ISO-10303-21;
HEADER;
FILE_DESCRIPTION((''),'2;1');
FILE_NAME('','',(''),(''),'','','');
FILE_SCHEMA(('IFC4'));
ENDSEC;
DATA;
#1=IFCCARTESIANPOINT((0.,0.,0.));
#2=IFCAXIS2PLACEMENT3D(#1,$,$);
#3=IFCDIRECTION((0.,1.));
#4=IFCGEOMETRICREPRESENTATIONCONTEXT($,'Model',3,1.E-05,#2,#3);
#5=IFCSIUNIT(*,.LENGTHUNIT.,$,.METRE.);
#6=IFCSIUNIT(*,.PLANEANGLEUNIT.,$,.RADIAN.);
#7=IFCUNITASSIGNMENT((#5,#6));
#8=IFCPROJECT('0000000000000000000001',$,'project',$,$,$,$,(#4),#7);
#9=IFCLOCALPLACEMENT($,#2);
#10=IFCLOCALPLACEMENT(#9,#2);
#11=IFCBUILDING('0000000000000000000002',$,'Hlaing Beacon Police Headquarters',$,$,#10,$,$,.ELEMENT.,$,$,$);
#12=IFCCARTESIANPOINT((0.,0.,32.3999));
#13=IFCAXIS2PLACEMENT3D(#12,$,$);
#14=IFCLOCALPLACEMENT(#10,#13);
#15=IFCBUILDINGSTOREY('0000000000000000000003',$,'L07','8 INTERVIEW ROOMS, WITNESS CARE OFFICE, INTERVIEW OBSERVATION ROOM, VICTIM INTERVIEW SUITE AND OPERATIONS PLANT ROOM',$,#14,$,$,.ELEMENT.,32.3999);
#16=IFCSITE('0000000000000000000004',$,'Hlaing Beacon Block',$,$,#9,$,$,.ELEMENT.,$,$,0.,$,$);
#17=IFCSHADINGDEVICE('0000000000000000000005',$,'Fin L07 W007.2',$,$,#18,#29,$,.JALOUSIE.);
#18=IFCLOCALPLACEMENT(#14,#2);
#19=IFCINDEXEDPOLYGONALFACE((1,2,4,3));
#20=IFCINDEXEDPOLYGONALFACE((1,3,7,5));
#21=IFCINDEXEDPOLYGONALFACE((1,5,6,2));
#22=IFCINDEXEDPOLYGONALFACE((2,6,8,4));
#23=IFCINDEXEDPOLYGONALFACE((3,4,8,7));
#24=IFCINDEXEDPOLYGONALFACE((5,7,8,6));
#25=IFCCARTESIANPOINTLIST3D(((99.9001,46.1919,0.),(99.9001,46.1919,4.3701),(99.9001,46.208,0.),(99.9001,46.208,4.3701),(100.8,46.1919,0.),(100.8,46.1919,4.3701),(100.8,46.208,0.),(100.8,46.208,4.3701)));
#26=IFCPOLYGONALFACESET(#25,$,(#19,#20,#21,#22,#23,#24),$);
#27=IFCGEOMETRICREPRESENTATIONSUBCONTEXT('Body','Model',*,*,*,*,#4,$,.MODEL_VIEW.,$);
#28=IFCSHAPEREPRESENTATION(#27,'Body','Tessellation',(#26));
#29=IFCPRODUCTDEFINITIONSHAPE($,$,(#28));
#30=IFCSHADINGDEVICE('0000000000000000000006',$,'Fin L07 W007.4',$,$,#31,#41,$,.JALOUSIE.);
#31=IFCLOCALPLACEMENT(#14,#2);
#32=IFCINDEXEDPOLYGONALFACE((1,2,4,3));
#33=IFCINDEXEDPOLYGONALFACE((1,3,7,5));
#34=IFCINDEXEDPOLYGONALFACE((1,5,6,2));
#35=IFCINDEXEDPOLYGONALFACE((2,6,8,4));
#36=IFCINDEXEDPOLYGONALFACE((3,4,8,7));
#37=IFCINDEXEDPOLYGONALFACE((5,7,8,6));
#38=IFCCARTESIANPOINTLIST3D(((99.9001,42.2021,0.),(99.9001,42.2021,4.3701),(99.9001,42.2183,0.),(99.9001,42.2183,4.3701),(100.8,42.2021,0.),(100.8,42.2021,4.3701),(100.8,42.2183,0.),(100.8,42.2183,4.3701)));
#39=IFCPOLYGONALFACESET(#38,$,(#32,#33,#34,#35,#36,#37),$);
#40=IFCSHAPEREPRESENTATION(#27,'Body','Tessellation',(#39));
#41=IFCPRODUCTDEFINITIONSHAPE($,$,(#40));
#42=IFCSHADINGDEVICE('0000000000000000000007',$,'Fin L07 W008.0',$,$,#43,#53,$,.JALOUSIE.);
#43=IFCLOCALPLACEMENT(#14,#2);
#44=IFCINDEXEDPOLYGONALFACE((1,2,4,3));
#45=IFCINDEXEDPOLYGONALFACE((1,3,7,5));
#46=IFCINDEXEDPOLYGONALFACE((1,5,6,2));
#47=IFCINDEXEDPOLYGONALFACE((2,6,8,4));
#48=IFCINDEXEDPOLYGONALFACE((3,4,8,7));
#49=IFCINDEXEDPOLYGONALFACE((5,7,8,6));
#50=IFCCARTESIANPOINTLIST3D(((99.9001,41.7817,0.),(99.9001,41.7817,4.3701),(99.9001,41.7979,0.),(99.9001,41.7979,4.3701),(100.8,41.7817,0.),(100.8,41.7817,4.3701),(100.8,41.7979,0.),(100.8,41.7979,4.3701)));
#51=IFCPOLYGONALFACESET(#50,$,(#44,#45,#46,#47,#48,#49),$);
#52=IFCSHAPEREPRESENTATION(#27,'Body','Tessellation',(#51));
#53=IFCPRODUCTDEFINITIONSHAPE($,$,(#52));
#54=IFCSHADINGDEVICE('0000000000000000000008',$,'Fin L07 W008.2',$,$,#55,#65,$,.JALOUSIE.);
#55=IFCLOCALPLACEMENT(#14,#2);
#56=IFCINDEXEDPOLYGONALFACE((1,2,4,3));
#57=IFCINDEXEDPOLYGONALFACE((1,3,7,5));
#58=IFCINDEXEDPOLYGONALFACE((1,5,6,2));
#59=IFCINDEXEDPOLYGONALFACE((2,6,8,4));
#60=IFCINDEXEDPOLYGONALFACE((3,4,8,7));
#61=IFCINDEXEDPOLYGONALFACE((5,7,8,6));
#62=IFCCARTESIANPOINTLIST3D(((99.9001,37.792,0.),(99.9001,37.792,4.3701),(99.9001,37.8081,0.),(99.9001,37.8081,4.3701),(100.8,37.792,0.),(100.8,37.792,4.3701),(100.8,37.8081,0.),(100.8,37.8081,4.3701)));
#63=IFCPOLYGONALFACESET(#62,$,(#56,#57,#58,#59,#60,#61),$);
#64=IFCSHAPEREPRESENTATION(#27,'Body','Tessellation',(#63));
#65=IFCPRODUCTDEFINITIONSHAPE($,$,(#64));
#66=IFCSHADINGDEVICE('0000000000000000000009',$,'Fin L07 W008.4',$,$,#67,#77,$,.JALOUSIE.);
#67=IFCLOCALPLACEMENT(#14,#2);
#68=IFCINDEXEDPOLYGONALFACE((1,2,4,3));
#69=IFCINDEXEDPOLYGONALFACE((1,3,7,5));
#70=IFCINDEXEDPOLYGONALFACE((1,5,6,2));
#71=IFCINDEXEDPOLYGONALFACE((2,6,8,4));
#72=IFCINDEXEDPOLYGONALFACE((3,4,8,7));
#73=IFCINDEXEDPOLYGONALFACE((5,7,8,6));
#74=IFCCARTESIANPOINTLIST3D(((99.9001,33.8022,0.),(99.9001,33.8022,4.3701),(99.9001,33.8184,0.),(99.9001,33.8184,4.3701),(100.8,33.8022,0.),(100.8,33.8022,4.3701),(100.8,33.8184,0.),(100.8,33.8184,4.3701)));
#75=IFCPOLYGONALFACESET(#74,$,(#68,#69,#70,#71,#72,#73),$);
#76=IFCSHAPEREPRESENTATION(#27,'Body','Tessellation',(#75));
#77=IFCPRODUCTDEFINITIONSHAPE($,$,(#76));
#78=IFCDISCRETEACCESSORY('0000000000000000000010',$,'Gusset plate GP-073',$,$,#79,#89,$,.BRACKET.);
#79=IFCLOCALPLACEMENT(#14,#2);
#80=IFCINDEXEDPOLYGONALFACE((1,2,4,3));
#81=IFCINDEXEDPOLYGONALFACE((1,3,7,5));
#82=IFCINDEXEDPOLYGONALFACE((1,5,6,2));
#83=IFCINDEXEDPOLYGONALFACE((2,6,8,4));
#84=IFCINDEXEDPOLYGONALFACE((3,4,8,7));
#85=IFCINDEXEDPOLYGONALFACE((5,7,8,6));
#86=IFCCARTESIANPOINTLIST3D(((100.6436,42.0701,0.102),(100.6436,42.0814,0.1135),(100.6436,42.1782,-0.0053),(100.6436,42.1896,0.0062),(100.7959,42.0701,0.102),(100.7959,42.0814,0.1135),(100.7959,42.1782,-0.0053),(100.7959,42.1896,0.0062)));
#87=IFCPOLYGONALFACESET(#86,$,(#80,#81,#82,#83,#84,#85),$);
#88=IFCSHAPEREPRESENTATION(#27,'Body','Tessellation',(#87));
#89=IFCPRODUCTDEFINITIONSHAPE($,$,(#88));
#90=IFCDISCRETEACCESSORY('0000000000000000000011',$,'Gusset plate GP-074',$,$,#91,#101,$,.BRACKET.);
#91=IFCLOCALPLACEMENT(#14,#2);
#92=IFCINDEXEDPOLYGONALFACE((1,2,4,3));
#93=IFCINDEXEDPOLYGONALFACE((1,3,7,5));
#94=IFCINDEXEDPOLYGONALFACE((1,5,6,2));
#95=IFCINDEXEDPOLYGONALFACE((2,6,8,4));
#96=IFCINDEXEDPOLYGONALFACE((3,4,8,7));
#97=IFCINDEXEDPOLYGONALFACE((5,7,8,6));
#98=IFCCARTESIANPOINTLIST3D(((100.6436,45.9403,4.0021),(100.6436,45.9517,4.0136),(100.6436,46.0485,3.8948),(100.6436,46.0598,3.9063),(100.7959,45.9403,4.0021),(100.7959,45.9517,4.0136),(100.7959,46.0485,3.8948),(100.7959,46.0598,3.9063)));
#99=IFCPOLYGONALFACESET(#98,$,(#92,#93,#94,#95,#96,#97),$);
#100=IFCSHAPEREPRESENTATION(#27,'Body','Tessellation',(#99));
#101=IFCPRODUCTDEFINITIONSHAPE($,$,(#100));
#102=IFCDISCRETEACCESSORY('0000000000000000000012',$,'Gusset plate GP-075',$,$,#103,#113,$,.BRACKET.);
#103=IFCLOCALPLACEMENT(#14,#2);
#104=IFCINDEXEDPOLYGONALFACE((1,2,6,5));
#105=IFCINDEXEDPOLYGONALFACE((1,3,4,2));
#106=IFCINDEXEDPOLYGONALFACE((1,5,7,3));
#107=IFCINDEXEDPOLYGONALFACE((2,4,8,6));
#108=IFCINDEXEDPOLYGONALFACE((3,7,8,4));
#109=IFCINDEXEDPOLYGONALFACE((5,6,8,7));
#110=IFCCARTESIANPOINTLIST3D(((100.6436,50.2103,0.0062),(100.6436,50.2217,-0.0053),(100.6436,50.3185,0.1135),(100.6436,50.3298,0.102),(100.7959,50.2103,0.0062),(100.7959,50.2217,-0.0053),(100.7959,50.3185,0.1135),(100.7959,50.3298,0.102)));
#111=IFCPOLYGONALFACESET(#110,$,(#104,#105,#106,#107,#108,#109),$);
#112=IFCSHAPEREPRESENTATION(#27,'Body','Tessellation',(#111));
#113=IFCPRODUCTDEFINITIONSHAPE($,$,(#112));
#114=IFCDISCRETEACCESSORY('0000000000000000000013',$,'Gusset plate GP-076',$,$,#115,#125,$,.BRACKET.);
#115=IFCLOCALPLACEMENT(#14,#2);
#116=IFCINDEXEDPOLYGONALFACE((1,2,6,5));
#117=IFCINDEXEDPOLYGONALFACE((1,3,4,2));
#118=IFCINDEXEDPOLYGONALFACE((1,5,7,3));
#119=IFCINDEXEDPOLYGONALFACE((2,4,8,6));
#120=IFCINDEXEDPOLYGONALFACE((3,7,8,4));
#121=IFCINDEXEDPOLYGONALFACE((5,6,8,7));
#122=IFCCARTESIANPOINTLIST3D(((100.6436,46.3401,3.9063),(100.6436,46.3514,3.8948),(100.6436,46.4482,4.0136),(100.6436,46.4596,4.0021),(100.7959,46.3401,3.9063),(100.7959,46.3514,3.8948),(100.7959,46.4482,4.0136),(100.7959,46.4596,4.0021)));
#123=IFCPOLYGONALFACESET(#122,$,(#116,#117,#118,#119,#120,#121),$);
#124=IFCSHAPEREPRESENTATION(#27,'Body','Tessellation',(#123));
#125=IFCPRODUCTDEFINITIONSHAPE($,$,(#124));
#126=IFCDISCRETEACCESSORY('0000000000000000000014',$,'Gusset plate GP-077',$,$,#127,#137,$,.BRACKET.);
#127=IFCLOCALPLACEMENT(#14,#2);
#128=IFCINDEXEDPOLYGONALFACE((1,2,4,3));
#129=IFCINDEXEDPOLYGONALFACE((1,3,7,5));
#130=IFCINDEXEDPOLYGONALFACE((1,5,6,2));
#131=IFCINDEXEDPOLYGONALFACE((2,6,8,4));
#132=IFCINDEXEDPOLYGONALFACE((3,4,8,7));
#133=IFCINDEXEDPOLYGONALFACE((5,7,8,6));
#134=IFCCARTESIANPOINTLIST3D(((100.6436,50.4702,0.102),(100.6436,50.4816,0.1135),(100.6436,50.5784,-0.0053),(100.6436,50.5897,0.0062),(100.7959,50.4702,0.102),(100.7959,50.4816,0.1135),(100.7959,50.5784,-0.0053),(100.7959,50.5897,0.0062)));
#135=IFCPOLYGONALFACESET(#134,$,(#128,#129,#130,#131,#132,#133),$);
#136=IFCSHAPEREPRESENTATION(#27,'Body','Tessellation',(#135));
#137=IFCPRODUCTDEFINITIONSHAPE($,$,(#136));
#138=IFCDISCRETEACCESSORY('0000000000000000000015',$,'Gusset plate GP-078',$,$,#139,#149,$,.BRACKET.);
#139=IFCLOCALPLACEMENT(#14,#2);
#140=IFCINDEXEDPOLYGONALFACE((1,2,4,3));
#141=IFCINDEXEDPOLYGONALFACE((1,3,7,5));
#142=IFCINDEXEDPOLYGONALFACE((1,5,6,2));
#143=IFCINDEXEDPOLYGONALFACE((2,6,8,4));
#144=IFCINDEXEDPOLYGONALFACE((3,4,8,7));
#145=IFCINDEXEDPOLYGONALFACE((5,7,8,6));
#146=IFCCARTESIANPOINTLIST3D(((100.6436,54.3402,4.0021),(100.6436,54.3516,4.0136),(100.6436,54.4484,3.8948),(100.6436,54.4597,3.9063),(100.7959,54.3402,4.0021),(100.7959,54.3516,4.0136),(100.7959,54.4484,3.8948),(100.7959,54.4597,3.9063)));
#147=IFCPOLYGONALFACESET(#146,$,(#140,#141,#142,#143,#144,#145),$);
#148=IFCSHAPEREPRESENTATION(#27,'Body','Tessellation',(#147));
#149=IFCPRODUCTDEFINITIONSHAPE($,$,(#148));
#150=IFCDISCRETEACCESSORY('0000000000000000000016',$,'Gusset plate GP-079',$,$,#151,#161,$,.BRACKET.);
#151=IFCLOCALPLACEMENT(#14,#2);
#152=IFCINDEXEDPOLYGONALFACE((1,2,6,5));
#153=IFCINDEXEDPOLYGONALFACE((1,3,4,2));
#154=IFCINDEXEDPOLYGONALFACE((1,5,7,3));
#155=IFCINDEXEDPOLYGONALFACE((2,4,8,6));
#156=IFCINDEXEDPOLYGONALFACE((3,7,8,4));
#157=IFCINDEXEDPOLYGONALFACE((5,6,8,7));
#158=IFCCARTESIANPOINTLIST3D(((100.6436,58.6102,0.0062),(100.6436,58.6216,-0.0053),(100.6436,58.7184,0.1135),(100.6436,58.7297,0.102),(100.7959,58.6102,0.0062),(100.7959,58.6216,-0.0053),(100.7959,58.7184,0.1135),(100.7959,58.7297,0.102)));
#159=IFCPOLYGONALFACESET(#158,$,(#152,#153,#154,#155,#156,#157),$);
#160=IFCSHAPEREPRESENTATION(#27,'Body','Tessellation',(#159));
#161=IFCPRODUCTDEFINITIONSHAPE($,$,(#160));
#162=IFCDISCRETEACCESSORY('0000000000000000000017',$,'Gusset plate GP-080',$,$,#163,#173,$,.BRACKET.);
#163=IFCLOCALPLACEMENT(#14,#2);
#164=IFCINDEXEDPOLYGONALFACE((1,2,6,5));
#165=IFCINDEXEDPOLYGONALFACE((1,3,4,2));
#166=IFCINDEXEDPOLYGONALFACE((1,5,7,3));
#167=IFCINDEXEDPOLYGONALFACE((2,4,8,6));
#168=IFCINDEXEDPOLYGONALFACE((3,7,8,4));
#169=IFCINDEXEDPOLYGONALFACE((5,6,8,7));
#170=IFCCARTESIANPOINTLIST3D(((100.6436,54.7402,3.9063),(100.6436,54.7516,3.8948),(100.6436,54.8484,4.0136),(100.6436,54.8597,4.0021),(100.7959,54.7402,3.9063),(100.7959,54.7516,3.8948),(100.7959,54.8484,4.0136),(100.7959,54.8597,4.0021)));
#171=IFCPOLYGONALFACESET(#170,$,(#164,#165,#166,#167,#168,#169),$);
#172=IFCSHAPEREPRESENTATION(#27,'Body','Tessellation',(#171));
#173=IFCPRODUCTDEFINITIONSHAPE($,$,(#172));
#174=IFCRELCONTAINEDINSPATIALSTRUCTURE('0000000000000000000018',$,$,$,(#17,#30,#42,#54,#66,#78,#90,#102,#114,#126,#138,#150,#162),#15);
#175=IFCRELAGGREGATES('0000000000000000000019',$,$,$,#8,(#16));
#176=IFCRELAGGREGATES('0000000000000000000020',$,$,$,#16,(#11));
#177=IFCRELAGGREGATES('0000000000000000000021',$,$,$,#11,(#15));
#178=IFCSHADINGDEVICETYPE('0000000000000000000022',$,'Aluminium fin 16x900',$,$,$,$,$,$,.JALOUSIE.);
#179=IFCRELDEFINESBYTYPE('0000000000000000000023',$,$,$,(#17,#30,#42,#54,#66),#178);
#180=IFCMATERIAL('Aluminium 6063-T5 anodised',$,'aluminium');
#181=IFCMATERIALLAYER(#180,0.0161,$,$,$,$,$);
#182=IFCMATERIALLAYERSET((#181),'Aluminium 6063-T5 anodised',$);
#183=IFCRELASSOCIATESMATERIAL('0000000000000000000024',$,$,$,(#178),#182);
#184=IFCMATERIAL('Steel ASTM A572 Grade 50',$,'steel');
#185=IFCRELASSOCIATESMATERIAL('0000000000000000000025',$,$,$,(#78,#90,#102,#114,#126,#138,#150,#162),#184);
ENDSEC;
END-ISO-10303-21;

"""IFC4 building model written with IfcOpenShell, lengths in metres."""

from ifc_helpers import new_model, si_unit, direction, frame, origin, origin_2d, place, context, subcontext, project, spatial, rectangle, extrude, material, layer, layer_set, type_object, element, save


model = new_model("IFC4")

# Units and contexts
model_context = context("Model", 3, precision=1e-05, world=origin(), true_north=direction((0.0, 1.0)))
body_context = subcontext(model_context, "Body", "Model", "MODEL_VIEW")
ifc_project = project(units=[si_unit("LENGTHUNIT", "METRE"), si_unit("PLANEANGLEUNIT", "RADIAN")], contexts=[model_context])

# Site, building, storey
site_placement = place(None, origin())
site = spatial("IfcSite", under=ifc_project, at=site_placement, Name="Hlaing Beacon Block", CompositionType="ELEMENT", RefElevation=0.0)
building_placement = place(site_placement, origin())
building = spatial("IfcBuilding", under=site, at=building_placement, Name="Hlaing Beacon Police Headquarters", CompositionType="ELEMENT")
storey_placement = place(building_placement, frame((0.0, 0.0, 32.3999)))
storey = spatial("IfcBuildingStorey", under=building, at=storey_placement, Name="L07", Description="8 INTERVIEW ROOMS, WITNESS CARE OFFICE, INTERVIEW OBSERVATION ROOM, VICTIM INTERVIEW SUITE AND OPERATIONS PLANT ROOM", CompositionType="ELEMENT", Elevation=32.3999)

# Shading devices
ifc_material_1 = material(Name="Aluminium 6063-T5 anodised", Category="aluminium")
ifc_layer_1 = layer(ifc_material_1, 0.0161)
ifc_layer_set_1 = layer_set([ifc_layer_1], Name="Aluminium 6063-T5 anodised")
shading_device_type = type_object("IfcShadingDeviceType", Name="Aluminium fin 16x900", PredefinedType="JALOUSIE", material=ifc_layer_set_1)
for number, where, z_axis, x_axis, name in (
    (1, (100.3501, 46.2, 0.0), (0.0, 0.0, 1.0), (0.0, -1.0, 0.0), "Fin L07 W007.2"),
    (2, (100.3501, 42.2102, 0.0), (0.0, 0.0, 1.0), (0.0, -1.0, 0.0), "Fin L07 W007.4"),
    (3, (100.3501, 41.7898, 0.0), (0.0, 0.0, 1.0), (0.0, -1.0, 0.0), "Fin L07 W008.0"),
    (4, (100.3501, 37.8, 0.0), (0.0, 0.0, 1.0), (0.0, -1.0, 0.0), "Fin L07 W008.2"),
    (5, (100.3501, 33.8103, 0.0), (0.0, 0.0, 1.0), (0.0, -1.0, 0.0), "Fin L07 W008.4"),
):
    element("IfcShadingDevice", number, at=place(storey_placement, frame(where, z_axis=z_axis, x_axis=x_axis)), inside=storey, type_object=shading_device_type, Name=name, PredefinedType="JALOUSIE", context=body_context, shape_type="SweptSolid", body=[
        extrude(rectangle(XDim=0.0161, YDim=0.8999, at=origin_2d()), origin(), (0.0, 0.0, 1.0), 4.3701),
    ])

# Discrete accessories
ifc_material_2 = material(Name="Steel ASTM A572 Grade 50", Category="steel")
for number, where, z_axis, x_axis, name in (
    (6, (100.7197, 42.1355, 0.0598), (0.0, -0.704391, -0.709812), (1.0, 0.0, 0.0), "Gusset plate GP-073"),
    (7, (100.7197, 45.9944, 3.9485), (0.0, 0.704391, 0.709812), (-1.0, 0.0, 0.0), "Gusset plate GP-074"),
    (8, (100.7197, 50.2644, 0.0598), (0.0, 0.704391, -0.709812), (-1.0, 0.0, 0.0), "Gusset plate GP-075"),
    (9, (100.7197, 46.4055, 3.9485), (0.0, -0.704391, 0.709812), (1.0, 0.0, 0.0), "Gusset plate GP-076"),
    (10, (100.7197, 50.5356, 0.0598), (0.0, -0.704369, -0.709834), (1.0, 0.0, 0.0), "Gusset plate GP-077"),
    (11, (100.7197, 54.3943, 3.9485), (0.0, 0.704369, 0.709834), (-1.0, 0.0, 0.0), "Gusset plate GP-078"),
    (12, (100.7197, 58.6643, 0.0598), (0.0, 0.704369, -0.709834), (-1.0, 0.0, 0.0), "Gusset plate GP-079"),
    (13, (100.7197, 54.8057, 3.9485), (0.0, -0.704369, 0.709834), (1.0, 0.0, 0.0), "Gusset plate GP-080"),
):
    element("IfcDiscreteAccessory", number, at=place(storey_placement, frame(where, z_axis=z_axis, x_axis=x_axis)), inside=storey, material=ifc_material_2, Name=name, PredefinedType="BRACKET", context=body_context, shape_type="SweptSolid", body=[
        extrude(rectangle(XDim=0.1523, YDim=0.1523, at=origin_2d()), origin(), (0.0, 0.0, 1.0), 0.0161),
    ])

save(model, "model.ifc")
